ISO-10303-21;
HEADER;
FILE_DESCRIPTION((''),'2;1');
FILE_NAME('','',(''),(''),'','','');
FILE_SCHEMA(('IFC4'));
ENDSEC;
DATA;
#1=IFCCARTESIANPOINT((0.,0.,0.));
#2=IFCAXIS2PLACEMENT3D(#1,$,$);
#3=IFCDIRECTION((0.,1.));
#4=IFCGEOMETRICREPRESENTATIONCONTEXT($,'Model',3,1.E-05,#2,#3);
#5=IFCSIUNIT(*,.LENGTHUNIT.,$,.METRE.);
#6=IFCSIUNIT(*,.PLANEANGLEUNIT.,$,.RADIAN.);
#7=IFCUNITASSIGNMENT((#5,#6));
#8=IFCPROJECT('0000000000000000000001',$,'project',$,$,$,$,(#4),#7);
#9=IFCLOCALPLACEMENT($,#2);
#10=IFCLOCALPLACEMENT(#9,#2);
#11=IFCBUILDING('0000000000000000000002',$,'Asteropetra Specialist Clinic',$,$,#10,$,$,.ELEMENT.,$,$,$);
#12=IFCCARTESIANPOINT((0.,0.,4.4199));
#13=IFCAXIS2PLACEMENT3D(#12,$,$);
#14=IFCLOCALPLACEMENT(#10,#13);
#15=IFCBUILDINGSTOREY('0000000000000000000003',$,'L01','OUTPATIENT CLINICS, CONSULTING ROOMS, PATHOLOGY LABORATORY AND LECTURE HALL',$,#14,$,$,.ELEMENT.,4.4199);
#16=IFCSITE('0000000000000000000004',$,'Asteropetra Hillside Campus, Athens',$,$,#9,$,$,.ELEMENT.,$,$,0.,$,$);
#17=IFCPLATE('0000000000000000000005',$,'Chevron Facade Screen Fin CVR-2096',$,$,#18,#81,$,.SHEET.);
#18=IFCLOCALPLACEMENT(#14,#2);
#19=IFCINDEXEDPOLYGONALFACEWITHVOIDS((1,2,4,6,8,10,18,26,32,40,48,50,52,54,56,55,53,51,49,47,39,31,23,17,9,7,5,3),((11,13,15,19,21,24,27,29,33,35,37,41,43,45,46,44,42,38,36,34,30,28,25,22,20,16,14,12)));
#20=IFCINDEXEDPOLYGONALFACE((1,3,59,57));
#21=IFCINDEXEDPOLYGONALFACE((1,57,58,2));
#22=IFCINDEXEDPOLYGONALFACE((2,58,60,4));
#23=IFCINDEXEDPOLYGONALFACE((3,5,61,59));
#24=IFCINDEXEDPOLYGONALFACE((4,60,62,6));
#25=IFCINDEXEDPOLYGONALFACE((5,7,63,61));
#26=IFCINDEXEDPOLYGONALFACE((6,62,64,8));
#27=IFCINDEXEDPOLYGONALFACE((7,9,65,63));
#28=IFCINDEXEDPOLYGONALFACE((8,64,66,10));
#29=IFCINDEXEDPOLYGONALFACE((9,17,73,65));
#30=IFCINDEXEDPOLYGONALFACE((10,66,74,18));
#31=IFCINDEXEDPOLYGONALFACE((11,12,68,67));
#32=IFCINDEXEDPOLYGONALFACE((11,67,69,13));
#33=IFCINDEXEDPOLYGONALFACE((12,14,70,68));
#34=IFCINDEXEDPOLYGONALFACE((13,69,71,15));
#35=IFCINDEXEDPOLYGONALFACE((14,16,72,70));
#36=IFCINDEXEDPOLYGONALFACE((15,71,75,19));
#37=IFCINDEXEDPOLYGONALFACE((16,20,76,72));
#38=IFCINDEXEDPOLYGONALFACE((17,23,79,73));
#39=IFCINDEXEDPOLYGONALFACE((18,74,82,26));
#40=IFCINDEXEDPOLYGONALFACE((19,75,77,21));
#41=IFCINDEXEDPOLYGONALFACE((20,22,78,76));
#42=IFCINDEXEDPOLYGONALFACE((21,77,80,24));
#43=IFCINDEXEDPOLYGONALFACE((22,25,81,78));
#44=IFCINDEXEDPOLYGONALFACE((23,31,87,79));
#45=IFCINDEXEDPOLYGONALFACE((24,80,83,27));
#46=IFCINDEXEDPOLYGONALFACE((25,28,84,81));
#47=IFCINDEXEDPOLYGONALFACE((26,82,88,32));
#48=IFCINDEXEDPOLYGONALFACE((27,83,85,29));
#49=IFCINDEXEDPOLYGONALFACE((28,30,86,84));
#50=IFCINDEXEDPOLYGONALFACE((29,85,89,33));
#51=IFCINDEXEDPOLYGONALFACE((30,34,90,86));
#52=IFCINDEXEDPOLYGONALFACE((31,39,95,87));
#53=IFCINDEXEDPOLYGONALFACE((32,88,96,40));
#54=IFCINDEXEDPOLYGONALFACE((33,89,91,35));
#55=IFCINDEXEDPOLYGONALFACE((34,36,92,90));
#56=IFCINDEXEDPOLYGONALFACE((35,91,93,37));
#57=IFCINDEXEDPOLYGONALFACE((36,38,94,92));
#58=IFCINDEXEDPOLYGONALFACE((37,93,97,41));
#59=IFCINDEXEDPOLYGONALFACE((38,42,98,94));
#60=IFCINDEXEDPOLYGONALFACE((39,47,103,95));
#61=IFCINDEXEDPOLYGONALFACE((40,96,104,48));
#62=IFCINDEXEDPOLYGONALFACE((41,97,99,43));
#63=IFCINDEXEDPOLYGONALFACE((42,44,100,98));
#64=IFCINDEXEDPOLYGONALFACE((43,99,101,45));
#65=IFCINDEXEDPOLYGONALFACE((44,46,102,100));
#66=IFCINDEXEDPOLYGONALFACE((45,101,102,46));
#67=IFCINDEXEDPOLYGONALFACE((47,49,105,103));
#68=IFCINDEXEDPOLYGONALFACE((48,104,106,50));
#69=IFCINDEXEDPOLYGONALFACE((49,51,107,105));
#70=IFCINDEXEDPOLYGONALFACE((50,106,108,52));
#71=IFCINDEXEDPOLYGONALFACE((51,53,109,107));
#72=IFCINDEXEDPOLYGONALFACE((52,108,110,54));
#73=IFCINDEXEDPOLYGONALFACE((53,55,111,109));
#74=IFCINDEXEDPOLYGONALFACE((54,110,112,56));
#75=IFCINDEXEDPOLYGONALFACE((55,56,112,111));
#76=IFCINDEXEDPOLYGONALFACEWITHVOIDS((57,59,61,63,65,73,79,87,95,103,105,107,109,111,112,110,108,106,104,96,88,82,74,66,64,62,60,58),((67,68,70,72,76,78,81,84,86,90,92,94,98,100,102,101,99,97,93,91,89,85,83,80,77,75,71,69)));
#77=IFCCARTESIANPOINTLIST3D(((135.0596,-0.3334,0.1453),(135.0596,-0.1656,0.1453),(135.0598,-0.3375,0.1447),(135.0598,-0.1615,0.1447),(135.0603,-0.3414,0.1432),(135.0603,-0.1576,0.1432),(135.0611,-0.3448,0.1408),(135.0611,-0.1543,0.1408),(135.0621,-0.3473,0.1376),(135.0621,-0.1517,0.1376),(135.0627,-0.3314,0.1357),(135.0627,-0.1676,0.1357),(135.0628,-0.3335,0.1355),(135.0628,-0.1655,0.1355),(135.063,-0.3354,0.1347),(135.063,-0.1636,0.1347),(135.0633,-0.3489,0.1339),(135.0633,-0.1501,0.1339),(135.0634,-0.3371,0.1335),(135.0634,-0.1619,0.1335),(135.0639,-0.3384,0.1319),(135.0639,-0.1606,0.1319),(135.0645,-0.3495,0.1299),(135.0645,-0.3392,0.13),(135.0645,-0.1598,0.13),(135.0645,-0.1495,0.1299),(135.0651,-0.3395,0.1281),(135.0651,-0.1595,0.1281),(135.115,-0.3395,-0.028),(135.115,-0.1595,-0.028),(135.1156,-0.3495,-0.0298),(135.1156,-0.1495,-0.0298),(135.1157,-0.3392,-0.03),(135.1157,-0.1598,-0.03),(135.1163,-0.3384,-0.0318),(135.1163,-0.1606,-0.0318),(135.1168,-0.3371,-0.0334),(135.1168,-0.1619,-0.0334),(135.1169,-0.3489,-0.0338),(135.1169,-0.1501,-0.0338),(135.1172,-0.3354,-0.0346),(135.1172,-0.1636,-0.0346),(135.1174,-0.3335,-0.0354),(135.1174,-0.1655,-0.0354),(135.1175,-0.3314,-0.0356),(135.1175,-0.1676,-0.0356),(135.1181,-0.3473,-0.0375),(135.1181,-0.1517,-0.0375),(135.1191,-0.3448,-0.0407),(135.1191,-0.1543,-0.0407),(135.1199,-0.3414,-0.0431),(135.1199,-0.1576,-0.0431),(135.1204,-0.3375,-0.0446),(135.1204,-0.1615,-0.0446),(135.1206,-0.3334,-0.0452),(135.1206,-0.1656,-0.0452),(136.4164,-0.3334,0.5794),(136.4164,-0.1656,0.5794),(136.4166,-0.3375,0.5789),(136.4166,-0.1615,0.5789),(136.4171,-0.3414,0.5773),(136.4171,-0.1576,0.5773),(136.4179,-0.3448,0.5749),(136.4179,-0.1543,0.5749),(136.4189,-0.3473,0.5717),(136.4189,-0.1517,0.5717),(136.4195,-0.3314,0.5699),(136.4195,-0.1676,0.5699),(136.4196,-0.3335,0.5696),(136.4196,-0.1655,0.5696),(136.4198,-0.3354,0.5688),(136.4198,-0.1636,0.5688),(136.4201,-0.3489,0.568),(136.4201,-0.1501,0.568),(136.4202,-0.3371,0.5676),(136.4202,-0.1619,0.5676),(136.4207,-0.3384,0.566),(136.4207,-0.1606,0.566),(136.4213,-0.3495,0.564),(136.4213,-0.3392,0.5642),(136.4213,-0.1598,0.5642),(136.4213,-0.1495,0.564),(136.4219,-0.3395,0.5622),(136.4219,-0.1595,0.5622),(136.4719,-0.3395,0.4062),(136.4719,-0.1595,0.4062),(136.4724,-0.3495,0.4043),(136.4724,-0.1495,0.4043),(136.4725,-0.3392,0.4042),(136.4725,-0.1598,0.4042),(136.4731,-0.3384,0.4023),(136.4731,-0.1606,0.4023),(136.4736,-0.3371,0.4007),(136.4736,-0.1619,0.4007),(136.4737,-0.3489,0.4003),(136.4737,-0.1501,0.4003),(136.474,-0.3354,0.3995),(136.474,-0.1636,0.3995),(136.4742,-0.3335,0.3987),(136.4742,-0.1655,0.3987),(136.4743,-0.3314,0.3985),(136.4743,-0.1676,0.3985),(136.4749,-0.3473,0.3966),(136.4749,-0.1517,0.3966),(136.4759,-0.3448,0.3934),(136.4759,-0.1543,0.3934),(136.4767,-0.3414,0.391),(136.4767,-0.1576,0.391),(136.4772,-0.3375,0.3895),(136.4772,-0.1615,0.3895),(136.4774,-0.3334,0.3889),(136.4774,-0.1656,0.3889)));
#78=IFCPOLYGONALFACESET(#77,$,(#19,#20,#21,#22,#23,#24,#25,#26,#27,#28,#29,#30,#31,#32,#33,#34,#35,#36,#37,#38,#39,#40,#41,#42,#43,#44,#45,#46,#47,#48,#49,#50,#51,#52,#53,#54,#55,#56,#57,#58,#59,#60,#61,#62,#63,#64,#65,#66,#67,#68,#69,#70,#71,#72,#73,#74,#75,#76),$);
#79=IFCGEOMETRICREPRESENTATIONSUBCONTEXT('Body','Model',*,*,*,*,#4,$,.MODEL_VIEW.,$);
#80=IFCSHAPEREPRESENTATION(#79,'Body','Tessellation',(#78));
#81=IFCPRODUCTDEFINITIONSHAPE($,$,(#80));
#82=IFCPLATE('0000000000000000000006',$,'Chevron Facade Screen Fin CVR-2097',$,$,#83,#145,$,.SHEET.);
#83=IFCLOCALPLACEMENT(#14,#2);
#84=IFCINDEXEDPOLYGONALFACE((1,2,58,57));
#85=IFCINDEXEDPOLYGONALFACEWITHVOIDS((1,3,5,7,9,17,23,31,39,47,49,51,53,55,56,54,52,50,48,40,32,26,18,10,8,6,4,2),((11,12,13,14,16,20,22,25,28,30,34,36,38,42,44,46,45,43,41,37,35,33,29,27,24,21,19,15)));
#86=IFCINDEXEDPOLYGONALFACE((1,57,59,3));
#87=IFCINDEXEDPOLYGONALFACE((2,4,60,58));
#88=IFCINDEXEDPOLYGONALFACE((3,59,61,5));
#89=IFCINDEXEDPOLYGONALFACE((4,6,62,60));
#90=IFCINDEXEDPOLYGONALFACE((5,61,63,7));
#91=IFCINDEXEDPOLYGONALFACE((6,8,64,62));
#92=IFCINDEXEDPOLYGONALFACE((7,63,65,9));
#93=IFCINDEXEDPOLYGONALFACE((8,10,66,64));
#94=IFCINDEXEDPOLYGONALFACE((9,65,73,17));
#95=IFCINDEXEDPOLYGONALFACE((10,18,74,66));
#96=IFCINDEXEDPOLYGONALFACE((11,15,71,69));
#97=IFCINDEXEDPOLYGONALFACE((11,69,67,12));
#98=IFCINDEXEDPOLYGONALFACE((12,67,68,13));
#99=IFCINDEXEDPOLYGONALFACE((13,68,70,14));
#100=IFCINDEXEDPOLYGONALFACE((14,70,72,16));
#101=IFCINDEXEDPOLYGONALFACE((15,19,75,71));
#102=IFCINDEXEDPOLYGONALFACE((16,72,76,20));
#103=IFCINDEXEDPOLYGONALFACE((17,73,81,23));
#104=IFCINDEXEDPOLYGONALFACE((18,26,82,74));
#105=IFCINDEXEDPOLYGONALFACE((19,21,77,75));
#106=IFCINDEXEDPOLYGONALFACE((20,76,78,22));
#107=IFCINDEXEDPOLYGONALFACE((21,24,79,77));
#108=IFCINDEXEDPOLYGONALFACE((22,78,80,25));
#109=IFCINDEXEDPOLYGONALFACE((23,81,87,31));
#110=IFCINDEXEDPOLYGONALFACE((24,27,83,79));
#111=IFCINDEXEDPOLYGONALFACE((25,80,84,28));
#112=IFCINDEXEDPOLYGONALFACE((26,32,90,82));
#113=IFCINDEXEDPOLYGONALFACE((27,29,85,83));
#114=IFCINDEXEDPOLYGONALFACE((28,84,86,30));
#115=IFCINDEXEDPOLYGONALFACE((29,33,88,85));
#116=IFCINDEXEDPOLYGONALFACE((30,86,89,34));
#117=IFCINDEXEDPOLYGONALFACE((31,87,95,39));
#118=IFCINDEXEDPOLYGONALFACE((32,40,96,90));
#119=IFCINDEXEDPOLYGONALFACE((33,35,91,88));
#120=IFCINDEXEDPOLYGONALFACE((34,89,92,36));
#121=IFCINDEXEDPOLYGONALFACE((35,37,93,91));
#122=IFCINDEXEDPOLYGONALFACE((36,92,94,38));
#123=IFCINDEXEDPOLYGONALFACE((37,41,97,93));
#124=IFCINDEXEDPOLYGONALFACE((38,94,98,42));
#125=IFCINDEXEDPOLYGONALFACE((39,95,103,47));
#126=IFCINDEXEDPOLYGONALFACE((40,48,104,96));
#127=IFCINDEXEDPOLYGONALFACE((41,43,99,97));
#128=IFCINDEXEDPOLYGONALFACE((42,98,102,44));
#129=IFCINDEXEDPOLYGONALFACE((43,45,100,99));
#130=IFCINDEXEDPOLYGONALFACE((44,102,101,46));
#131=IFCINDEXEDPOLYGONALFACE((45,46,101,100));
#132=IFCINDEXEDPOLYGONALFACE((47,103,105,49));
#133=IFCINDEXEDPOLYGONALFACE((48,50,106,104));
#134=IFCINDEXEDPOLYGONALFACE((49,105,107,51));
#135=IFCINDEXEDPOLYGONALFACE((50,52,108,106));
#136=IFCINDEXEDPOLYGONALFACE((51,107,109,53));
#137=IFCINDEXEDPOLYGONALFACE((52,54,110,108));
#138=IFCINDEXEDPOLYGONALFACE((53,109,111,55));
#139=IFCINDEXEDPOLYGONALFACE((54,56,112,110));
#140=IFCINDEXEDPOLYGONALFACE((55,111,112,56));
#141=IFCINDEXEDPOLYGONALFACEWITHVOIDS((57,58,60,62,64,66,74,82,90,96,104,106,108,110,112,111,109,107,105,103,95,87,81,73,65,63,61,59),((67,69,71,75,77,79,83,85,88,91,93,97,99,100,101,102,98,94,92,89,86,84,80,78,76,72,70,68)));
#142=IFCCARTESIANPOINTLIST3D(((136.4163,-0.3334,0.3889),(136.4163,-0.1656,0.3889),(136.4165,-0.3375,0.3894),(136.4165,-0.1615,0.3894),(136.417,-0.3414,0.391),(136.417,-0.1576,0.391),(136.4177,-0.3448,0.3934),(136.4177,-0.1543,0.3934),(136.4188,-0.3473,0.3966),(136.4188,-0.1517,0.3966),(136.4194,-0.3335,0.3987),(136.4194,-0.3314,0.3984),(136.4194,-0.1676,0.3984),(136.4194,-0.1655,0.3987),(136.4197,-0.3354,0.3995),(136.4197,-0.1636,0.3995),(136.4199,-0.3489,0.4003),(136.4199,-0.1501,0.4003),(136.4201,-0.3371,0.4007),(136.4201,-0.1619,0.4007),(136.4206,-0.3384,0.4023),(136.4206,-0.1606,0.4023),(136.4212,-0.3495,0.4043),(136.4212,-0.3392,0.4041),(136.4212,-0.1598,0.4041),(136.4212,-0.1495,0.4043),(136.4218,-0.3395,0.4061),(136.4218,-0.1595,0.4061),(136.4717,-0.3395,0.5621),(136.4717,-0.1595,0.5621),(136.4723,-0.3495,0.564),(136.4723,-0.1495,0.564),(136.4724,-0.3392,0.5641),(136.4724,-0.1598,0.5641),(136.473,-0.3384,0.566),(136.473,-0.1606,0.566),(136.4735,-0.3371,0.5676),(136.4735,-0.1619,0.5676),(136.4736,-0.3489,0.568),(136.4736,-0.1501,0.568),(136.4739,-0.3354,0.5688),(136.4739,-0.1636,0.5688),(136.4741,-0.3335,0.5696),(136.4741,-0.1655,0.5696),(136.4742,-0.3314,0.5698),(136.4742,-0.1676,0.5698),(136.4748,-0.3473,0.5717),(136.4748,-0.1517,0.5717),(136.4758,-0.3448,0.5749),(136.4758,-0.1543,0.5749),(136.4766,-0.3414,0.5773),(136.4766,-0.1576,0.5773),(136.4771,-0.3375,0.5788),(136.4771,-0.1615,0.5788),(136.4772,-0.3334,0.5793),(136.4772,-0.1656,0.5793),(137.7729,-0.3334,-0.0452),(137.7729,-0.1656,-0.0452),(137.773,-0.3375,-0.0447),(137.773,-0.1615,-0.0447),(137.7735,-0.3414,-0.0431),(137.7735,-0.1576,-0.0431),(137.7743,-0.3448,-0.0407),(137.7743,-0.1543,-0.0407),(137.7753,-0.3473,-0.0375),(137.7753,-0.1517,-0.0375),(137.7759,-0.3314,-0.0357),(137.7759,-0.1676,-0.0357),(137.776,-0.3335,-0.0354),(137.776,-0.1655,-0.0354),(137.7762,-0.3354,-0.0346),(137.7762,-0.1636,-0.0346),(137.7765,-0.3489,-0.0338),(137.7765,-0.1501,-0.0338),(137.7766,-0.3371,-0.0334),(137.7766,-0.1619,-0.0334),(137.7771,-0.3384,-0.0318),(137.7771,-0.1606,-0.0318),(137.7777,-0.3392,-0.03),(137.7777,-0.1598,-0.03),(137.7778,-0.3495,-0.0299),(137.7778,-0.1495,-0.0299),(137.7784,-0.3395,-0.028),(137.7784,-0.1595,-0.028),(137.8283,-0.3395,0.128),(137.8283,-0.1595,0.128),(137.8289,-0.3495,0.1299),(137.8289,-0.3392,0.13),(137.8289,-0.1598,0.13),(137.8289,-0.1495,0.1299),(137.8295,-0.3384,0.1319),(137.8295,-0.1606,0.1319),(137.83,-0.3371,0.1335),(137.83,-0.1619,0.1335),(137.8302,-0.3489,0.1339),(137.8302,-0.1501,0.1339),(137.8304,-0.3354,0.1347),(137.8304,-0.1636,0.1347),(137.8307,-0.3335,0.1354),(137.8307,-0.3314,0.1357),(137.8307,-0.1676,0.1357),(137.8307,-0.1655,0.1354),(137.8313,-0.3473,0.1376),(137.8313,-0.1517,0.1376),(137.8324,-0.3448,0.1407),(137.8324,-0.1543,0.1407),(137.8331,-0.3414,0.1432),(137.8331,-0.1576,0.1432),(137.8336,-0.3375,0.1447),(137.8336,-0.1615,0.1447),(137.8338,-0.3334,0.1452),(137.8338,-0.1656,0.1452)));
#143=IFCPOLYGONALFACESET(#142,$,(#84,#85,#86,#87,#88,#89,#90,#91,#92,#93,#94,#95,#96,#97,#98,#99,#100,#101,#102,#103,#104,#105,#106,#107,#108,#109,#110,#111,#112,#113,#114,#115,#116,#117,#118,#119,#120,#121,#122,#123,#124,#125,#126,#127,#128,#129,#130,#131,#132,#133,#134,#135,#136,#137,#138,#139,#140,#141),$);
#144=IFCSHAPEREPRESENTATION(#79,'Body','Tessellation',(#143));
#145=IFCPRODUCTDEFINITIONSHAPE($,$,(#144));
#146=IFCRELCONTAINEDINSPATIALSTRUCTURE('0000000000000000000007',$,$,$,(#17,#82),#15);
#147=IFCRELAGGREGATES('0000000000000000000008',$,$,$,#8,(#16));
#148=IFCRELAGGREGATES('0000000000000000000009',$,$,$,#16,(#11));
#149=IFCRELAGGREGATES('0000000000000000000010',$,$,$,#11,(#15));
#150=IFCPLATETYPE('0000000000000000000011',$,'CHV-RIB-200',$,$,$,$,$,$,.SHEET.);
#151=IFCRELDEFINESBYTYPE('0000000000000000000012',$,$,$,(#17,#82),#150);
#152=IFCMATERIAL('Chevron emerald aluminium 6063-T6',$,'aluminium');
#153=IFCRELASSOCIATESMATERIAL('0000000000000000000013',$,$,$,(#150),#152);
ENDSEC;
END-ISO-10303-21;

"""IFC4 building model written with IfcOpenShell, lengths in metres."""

from ifc_helpers import new_model, si_unit, direction, frame, origin, origin_2d, place, context, subcontext, project, spatial, hollow_rectangle, extrude, material, material_profile, profile_set, type_object, element, save


model = new_model("IFC4")

# Units and contexts
model_context = context("Model", 3, precision=1e-05, world=origin(), true_north=direction((0.0, 1.0)))
body_context = subcontext(model_context, "Body", "Model", "MODEL_VIEW")
ifc_project = project(units=[si_unit("LENGTHUNIT", "METRE"), si_unit("PLANEANGLEUNIT", "RADIAN")], contexts=[model_context])

# Site, building, storey
site_placement = place(None, origin())
site = spatial("IfcSite", under=ifc_project, at=site_placement, Name="Asteropetra Hillside Campus, Athens", CompositionType="ELEMENT", RefElevation=0.0)
building_placement = place(site_placement, origin())
building = spatial("IfcBuilding", under=site, at=building_placement, Name="Asteropetra Specialist Clinic", CompositionType="ELEMENT")
storey_placement = place(building_placement, frame((0.0, 0.0, 4.4199)))
storey = spatial("IfcBuildingStorey", under=building, at=storey_placement, Name="L01", Description="OUTPATIENT CLINICS, CONSULTING ROOMS, PATHOLOGY LABORATORY AND LECTURE HALL", CompositionType="ELEMENT", Elevation=4.4199)

# Plates
ifc_material_1 = material(Name="Chevron emerald aluminium 6063-T6", Category="aluminium")
ifc_material_profile_1 = material_profile(ifc_material_1, hollow_rectangle(XDim=0.2, YDim=0.2, WallThickness=0.01, InnerFilletRadius=0.0081, OuterFilletRadius=0.0161, at=origin_2d()), Name="SHS 200x200x10.0")
ifc_profile_set_1 = profile_set([ifc_material_profile_1], Name="Chevron emerald aluminium 6063-T6")
plate_type = type_object("IfcPlateType", Name="CHV-RIB-200", PredefinedType="SHEET", material=ifc_profile_set_1)
for number, where, z_axis, x_axis, name in (
    (1, (135.0901, -0.2495, 0.05), (0.952436, 0.0, 0.304738), (0.0, 1.0, 0.0), "Chevron Facade Screen Fin CVR-2096"),
):
    element("IfcPlate", number, at=place(storey_placement, frame(where, z_axis=z_axis, x_axis=x_axis)), inside=storey, type_object=plate_type, Name=name, PredefinedType="SHEET", context=body_context, shape_type="SweptSolid", body=[
        extrude(hollow_rectangle(XDim=0.2, YDim=0.2, WallThickness=0.01, InnerFilletRadius=0.0081, OuterFilletRadius=0.0161, at=origin_2d()), origin(), (0.0, 0.0, 1.0), 1.4246),
    ])
plate_1_placement = place(storey_placement, frame((136.4468, -0.2495, 0.4841), z_axis=(0.95242, 0.0, -0.304788), x_axis=(0.0, 1.0, 0.0)))
element("IfcPlate", 2, at=plate_1_placement, inside=storey, type_object=plate_type, Name="Chevron Facade Screen Fin CVR-2097", PredefinedType="SHEET", context=body_context, shape_type="SweptSolid", body=[
    extrude(hollow_rectangle(XDim=0.2, YDim=0.2, WallThickness=0.01, InnerFilletRadius=0.0081, OuterFilletRadius=0.0161, at=origin_2d()), origin(), (0.0, 0.0, 1.0), 1.4243),
])

save(model, "model.ifc")
